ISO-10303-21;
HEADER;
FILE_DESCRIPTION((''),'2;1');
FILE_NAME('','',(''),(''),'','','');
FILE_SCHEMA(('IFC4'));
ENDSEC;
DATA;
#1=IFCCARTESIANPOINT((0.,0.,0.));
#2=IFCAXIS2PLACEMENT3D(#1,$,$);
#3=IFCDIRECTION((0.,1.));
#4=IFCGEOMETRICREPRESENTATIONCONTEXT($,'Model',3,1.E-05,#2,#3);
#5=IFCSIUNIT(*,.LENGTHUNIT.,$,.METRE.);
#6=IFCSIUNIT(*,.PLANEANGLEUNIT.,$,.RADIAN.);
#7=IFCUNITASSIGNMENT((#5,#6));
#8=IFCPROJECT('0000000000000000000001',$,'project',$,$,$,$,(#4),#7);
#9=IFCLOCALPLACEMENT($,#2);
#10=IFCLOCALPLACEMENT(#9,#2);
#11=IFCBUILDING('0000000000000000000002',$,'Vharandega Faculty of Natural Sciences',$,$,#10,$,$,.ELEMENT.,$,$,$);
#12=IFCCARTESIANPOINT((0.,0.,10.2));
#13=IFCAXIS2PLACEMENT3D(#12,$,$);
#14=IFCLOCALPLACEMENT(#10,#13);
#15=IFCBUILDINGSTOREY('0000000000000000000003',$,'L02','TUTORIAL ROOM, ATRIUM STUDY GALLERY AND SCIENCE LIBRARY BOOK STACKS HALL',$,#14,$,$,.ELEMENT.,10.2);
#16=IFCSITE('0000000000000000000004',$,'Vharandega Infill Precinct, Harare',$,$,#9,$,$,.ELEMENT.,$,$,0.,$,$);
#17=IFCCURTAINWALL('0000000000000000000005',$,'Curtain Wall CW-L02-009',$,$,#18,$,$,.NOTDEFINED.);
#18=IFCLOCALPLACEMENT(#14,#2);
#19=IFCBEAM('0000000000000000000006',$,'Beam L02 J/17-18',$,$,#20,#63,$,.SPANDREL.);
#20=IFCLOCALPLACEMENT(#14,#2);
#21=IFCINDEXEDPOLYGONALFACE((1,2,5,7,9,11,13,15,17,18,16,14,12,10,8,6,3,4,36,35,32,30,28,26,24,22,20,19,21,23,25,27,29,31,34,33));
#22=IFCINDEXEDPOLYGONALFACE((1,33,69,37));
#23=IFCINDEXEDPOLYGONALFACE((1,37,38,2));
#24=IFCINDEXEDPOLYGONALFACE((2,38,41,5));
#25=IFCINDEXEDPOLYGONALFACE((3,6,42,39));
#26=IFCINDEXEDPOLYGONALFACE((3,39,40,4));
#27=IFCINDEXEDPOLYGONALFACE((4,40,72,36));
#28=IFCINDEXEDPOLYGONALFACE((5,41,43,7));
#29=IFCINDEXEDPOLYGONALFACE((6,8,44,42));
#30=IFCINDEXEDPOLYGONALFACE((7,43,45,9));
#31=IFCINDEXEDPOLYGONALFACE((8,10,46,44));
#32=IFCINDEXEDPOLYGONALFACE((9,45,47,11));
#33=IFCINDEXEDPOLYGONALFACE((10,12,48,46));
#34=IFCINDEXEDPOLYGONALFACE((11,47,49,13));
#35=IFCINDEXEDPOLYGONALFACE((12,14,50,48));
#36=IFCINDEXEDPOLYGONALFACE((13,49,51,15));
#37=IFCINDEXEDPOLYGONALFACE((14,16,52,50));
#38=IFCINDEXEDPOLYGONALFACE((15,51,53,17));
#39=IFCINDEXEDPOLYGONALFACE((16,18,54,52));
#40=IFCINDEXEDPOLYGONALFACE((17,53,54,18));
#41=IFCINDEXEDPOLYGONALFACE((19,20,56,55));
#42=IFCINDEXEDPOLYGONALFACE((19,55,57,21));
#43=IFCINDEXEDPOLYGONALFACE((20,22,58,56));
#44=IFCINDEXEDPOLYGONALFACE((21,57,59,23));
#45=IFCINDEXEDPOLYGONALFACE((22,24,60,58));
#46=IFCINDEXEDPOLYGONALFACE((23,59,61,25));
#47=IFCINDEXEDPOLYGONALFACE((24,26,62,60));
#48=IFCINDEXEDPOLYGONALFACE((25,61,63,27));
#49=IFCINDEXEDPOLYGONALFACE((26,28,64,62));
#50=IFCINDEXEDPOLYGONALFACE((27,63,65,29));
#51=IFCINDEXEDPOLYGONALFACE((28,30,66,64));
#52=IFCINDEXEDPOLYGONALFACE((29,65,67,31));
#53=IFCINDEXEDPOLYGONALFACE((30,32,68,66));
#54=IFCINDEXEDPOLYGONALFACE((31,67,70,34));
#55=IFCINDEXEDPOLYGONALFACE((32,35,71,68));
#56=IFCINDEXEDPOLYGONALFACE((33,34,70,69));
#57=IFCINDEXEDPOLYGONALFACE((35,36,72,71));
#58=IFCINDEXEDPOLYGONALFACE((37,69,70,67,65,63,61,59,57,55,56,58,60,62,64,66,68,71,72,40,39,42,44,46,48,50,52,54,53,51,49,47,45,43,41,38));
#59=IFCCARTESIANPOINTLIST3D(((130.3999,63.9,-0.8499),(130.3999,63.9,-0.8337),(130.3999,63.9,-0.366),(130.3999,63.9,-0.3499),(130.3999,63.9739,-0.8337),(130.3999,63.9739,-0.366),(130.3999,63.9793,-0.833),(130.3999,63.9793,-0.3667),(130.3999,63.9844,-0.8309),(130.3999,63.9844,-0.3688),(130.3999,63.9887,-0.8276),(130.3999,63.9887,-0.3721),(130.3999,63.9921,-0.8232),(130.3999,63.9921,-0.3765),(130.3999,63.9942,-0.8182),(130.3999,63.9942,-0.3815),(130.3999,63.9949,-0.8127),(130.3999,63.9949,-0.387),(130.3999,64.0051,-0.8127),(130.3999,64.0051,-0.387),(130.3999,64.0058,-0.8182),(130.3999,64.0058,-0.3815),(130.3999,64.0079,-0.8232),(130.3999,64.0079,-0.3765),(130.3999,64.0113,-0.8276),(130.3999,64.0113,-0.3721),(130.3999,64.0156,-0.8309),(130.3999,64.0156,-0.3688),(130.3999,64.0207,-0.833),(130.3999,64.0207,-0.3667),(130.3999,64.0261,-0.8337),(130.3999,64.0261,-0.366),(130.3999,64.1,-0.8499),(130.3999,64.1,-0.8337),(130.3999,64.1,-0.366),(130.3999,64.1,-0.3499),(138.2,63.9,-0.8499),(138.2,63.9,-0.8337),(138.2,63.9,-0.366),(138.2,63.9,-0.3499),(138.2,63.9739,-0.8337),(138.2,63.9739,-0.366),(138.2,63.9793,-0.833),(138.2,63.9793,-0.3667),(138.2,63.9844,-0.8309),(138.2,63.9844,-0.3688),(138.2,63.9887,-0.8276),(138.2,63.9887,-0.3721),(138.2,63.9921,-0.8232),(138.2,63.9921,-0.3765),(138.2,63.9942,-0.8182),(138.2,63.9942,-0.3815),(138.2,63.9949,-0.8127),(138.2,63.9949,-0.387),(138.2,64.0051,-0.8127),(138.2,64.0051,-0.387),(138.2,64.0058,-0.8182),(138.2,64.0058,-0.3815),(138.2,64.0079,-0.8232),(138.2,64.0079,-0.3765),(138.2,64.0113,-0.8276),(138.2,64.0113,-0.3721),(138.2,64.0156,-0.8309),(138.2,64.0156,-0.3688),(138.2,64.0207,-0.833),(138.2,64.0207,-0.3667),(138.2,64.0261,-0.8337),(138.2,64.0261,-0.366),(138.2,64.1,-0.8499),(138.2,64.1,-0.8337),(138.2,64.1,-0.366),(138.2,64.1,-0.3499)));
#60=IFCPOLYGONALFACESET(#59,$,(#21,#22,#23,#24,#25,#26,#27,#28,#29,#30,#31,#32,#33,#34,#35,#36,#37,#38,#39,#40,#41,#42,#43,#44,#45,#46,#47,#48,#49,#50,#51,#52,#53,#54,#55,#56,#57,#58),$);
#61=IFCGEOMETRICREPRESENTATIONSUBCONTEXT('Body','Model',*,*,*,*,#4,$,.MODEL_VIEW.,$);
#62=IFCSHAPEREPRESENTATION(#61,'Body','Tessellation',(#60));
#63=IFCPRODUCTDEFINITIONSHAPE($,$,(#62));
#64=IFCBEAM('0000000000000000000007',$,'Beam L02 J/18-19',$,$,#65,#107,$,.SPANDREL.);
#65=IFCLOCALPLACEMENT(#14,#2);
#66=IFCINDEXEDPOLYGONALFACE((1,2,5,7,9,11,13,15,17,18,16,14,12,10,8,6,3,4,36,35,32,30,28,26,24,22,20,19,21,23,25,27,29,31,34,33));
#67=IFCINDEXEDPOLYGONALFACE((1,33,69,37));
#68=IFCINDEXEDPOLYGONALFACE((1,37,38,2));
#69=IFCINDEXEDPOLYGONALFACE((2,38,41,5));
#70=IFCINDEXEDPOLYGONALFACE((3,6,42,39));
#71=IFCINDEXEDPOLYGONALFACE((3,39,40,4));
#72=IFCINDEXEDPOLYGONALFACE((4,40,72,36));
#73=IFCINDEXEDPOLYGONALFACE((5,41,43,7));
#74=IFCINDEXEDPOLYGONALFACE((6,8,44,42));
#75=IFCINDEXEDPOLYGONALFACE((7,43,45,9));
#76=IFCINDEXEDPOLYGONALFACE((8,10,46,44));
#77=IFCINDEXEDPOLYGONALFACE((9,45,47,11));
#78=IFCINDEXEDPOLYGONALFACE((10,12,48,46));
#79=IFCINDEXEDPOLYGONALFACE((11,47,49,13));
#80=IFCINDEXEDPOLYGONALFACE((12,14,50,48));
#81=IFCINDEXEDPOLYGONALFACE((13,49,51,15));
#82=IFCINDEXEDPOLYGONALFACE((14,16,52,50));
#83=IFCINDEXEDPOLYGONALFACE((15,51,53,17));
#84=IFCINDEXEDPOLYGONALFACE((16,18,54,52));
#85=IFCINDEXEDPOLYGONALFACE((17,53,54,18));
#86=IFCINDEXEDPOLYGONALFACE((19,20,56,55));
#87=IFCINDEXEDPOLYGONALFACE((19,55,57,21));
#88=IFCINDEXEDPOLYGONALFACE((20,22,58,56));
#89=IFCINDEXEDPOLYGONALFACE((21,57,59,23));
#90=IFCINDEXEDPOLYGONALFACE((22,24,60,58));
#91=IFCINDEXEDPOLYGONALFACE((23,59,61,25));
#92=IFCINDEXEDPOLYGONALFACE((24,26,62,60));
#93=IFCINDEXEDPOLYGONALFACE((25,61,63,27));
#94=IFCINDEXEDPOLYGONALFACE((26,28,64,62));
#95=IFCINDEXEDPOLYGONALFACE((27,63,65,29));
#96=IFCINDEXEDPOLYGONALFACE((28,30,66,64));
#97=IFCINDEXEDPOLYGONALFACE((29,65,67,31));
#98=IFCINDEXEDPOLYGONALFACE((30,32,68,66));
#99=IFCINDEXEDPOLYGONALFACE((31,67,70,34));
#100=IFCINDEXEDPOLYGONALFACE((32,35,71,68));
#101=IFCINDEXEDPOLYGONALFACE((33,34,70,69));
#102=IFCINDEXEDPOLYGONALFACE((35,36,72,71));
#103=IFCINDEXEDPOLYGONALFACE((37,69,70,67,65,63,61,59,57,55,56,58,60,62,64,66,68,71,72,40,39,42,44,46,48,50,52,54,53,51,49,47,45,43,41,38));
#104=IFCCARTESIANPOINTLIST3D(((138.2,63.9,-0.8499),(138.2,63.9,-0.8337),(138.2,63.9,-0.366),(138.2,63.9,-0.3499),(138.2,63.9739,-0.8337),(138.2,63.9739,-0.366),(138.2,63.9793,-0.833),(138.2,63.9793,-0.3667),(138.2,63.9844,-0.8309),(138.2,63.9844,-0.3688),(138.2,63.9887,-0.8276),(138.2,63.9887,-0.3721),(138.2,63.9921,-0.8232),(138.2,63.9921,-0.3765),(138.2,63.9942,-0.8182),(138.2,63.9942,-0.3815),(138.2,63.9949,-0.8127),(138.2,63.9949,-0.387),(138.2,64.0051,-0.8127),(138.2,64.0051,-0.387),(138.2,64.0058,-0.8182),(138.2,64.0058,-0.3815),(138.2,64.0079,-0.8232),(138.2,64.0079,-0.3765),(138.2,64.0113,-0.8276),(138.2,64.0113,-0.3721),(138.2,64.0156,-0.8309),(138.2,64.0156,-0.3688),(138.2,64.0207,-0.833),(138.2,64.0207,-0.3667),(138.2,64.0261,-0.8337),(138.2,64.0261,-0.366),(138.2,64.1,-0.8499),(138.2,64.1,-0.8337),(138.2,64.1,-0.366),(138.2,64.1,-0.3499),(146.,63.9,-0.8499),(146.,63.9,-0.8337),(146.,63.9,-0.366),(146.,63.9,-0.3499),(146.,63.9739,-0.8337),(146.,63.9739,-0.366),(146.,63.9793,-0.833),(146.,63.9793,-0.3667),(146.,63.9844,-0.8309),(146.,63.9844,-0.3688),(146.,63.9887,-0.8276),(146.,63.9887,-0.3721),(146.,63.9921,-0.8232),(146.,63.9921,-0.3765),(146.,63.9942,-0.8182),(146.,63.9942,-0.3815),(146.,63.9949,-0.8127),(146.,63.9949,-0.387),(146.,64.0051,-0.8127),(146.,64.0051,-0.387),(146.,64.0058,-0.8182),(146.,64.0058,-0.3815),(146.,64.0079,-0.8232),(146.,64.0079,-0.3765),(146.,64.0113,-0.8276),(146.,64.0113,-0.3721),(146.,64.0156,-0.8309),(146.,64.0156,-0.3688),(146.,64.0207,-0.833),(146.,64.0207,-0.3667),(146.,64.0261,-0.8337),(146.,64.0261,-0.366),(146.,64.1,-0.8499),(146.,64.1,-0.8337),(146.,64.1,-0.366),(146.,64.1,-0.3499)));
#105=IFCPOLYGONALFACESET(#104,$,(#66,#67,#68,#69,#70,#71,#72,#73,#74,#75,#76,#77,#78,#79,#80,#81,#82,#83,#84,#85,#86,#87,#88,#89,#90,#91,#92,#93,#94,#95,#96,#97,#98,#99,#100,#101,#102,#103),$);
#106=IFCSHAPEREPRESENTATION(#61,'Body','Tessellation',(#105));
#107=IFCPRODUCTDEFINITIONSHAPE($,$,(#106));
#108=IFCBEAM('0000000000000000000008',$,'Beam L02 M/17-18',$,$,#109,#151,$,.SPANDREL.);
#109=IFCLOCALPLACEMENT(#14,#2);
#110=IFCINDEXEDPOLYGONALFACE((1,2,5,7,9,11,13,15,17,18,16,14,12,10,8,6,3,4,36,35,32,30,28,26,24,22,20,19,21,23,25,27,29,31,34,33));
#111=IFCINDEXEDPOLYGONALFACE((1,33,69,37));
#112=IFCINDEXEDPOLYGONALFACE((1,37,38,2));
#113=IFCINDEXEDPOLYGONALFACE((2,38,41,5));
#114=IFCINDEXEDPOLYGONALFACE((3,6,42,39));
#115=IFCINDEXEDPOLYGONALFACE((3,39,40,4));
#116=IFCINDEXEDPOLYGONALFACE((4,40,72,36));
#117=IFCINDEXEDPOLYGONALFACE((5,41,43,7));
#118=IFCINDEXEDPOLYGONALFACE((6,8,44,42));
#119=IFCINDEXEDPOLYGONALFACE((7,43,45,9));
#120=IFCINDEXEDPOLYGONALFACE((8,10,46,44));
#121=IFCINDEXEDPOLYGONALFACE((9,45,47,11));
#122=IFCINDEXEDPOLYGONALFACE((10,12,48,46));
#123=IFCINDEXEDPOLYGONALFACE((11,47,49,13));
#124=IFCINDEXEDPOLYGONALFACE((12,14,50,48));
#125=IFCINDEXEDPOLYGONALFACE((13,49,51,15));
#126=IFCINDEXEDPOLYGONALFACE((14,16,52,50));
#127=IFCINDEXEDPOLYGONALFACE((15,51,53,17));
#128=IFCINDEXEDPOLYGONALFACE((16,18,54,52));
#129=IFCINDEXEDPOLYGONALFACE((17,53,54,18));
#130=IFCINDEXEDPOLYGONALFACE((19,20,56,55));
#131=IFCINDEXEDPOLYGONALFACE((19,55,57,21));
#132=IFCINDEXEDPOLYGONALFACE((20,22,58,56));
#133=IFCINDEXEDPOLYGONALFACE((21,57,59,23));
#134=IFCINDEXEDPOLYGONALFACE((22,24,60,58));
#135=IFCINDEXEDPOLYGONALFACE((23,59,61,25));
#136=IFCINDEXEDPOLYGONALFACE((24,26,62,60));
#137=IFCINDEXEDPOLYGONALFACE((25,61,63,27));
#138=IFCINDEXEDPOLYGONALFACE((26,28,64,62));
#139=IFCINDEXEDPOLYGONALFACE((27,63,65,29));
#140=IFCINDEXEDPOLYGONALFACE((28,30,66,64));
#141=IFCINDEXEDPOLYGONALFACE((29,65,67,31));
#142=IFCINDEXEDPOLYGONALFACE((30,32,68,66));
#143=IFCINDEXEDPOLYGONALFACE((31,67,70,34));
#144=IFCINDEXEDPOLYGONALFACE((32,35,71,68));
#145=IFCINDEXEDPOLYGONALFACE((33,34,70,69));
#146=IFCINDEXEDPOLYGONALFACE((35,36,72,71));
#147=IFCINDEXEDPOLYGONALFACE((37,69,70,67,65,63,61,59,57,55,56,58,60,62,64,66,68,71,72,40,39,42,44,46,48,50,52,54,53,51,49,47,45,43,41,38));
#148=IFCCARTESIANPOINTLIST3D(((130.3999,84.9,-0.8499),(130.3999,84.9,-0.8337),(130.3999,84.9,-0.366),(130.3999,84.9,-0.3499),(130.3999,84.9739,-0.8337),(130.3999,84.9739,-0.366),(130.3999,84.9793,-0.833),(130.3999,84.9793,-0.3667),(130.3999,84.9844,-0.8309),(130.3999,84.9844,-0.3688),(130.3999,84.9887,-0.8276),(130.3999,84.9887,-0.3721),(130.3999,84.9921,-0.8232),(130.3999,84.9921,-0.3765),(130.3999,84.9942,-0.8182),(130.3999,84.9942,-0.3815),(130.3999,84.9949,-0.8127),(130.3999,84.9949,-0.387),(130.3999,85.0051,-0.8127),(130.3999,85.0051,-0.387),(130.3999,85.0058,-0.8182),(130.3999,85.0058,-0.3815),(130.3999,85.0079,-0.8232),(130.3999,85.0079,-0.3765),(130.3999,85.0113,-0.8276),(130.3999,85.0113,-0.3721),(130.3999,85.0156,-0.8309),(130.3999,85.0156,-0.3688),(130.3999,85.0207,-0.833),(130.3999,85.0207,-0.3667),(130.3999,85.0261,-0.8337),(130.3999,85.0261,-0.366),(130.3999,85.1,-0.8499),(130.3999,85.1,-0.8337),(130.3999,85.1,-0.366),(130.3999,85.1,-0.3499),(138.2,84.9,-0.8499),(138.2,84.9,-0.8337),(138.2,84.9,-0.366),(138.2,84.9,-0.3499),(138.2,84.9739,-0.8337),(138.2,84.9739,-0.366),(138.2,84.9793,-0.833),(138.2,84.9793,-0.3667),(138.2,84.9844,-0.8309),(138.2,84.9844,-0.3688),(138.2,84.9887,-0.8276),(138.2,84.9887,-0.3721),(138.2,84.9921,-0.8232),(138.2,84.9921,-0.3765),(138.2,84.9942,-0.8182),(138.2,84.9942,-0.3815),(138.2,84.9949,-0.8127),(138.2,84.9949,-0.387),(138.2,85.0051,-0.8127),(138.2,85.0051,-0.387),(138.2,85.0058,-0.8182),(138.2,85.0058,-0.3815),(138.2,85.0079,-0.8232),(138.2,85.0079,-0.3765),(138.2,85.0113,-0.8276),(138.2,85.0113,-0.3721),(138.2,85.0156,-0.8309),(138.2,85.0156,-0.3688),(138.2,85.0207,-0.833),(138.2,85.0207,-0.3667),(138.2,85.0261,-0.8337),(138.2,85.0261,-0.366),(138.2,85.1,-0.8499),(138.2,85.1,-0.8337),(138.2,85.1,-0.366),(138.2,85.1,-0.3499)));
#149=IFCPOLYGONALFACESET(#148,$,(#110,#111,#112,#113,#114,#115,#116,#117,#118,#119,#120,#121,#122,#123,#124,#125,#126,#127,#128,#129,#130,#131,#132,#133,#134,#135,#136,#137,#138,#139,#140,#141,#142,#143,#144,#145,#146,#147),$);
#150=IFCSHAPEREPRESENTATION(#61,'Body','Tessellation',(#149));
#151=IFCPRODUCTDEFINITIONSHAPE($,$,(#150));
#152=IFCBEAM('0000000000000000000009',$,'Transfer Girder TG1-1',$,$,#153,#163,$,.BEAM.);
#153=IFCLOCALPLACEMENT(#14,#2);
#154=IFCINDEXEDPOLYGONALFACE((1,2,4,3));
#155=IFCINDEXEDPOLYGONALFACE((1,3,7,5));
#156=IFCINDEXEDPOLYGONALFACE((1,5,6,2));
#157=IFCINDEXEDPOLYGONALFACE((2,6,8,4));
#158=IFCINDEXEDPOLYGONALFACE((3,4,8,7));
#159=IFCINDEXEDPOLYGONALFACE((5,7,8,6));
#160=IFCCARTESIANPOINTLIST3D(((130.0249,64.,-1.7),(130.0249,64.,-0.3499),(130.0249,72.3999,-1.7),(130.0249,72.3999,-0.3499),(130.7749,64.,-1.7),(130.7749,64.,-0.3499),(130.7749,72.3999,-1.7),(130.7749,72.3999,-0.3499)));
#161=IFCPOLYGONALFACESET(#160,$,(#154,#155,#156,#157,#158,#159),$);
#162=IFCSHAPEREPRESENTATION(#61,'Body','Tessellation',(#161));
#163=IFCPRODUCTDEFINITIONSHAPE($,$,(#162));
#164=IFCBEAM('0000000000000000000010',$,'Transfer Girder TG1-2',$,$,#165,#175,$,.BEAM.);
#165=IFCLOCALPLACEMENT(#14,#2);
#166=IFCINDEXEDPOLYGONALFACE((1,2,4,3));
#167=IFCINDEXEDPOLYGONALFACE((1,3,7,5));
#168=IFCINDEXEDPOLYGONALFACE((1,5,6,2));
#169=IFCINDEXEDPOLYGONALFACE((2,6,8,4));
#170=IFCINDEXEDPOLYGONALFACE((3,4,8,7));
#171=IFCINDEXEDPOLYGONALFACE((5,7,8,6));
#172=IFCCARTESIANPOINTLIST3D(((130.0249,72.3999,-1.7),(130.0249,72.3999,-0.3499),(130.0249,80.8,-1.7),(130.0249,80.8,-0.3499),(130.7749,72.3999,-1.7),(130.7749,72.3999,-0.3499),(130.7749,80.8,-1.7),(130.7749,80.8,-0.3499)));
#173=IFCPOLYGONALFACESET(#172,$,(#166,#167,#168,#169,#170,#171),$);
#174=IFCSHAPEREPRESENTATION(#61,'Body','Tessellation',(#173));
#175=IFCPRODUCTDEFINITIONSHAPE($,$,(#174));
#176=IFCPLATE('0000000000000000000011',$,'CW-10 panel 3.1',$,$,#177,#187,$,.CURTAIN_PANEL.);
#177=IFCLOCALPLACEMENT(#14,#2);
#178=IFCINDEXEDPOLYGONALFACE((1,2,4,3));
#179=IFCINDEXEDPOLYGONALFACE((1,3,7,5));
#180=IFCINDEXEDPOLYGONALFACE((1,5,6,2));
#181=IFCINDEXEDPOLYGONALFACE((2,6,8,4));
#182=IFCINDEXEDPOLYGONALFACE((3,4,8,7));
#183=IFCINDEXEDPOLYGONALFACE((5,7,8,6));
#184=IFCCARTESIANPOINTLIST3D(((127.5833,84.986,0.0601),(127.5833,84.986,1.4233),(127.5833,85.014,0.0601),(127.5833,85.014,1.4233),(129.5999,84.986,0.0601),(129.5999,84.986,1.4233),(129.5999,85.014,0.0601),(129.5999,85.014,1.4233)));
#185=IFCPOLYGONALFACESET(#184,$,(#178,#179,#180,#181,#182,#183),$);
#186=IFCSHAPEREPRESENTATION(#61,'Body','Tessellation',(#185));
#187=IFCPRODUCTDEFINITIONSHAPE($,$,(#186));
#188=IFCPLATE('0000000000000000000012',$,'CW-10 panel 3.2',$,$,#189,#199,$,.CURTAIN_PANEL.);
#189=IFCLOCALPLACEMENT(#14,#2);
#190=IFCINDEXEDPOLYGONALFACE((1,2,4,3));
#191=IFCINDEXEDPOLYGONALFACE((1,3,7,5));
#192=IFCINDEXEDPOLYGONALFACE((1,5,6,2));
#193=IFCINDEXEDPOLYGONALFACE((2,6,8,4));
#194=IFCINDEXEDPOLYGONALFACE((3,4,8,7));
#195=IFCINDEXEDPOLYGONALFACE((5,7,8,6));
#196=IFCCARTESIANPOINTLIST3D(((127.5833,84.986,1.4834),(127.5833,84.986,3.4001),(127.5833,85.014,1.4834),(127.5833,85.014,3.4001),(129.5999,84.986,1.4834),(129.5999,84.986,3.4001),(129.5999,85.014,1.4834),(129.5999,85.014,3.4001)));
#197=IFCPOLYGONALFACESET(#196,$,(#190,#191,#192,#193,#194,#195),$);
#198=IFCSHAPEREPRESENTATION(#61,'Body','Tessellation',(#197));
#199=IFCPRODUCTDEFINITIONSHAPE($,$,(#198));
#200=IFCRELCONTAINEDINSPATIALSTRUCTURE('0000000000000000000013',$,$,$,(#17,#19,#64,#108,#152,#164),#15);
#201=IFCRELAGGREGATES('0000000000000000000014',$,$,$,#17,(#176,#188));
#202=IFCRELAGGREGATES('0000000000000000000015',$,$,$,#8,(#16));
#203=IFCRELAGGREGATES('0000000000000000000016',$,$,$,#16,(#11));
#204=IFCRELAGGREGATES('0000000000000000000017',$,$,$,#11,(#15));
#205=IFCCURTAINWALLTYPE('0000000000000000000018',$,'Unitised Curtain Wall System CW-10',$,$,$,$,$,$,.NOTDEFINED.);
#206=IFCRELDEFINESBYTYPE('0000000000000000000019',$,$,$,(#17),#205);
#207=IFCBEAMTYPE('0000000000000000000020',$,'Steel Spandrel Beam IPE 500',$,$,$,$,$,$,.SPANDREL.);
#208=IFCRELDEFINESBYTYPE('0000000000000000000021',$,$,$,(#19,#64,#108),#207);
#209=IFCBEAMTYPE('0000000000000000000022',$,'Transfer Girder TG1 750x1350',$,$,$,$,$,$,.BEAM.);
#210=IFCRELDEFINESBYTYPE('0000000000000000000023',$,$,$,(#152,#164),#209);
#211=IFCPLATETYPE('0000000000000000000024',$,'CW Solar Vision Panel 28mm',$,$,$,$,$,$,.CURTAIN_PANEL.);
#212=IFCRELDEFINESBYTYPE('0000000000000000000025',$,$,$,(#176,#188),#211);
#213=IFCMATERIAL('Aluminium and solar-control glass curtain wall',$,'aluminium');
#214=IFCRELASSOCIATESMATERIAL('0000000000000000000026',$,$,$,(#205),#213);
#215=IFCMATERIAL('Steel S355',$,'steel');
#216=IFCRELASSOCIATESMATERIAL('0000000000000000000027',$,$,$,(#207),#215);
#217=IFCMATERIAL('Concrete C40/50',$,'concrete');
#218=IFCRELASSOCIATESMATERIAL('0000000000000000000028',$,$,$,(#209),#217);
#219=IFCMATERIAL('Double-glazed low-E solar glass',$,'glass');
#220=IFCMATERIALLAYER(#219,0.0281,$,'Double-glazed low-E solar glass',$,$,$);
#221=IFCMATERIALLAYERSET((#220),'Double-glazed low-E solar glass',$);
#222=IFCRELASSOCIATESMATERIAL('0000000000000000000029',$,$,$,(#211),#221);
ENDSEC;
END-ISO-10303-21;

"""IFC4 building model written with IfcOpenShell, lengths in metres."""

from ifc_helpers import new_model, si_unit, direction, frame, origin, origin_2d, place, context, subcontext, project, spatial, rectangle, i_section, extrude, material, layer, layer_set, material_profile, profile_set, type_object, element, aggregate, save


model = new_model("IFC4")

# Units and contexts
model_context = context("Model", 3, precision=1e-05, world=origin(), true_north=direction((0.0, 1.0)))
body_context = subcontext(model_context, "Body", "Model", "MODEL_VIEW")
ifc_project = project(units=[si_unit("LENGTHUNIT", "METRE"), si_unit("PLANEANGLEUNIT", "RADIAN")], contexts=[model_context])

# Site, building, storey
site_placement = place(None, origin())
site = spatial("IfcSite", under=ifc_project, at=site_placement, Name="Vharandega Infill Precinct, Harare", CompositionType="ELEMENT", RefElevation=0.0)
building_placement = place(site_placement, origin())
building = spatial("IfcBuilding", under=site, at=building_placement, Name="Vharandega Faculty of Natural Sciences", CompositionType="ELEMENT")
storey_placement = place(building_placement, frame((0.0, 0.0, 10.2)))
storey = spatial("IfcBuildingStorey", under=building, at=storey_placement, Name="L02", Description="TUTORIAL ROOM, ATRIUM STUDY GALLERY AND SCIENCE LIBRARY BOOK STACKS HALL", CompositionType="ELEMENT", Elevation=10.2)

# Curtain wall
ifc_material_1 = material(Name="Aluminium and solar-control glass curtain wall", Category="aluminium")
curtain_wall_type = type_object("IfcCurtainWallType", Name="Unitised Curtain Wall System CW-10", PredefinedType="NOTDEFINED", material=ifc_material_1)
curtain_wall_placement = place(storey_placement, origin())
curtain_wall = element("IfcCurtainWall", 1, at=curtain_wall_placement, inside=storey, type_object=curtain_wall_type, Name="Curtain Wall CW-L02-009", PredefinedType="NOTDEFINED")

# Beams
ifc_material_2 = material(Name="Steel S355", Category="steel")
ifc_material_profile_1 = material_profile(ifc_material_2, i_section(OverallWidth=0.2, OverallDepth=0.5, WebThickness=0.0103, FlangeThickness=0.0161, FilletRadius=0.021, at=origin_2d()), Name="IPE 500")
ifc_profile_set_1 = profile_set([ifc_material_profile_1], Name="Steel S355")
beam_type_1 = type_object("IfcBeamType", Name="Steel Spandrel Beam IPE 500", PredefinedType="SPANDREL", material=ifc_profile_set_1)
for number, where, z_axis, x_axis, name in (
    (2, (130.3999, 64.0, -0.5999), (1.0, 0.0, 0.0), (0.0, 1.0, 0.0), "Beam L02 J/17-18"),
    (3, (138.2, 64.0, -0.5999), (1.0, 0.0, 0.0), (0.0, 1.0, 0.0), "Beam L02 J/18-19"),
    (4, (130.3999, 85.0, -0.5999), (1.0, 0.0, 0.0), (0.0, 1.0, 0.0), "Beam L02 M/17-18"),
):
    element("IfcBeam", number, at=place(storey_placement, frame(where, z_axis=z_axis, x_axis=x_axis)), inside=storey, type_object=beam_type_1, Name=name, PredefinedType="SPANDREL", context=body_context, shape_type="SweptSolid", body=[
        extrude(i_section(OverallWidth=0.2, OverallDepth=0.5, WebThickness=0.0103, FlangeThickness=0.0161, FilletRadius=0.021, at=origin_2d()), origin(), (0.0, 0.0, 1.0), 7.8),
    ])
ifc_material_3 = material(Name="Concrete C40/50", Category="concrete")
ifc_material_profile_2 = material_profile(ifc_material_3, rectangle(XDim=0.75, YDim=1.3501, at=origin_2d()), Name="RC 750x1350")
ifc_profile_set_2 = profile_set([ifc_material_profile_2], Name="Concrete C40/50")
beam_type_2 = type_object("IfcBeamType", Name="Transfer Girder TG1 750x1350", PredefinedType="BEAM", material=ifc_profile_set_2)
beam_1_placement = place(storey_placement, frame((130.3999, 64.0, -1.0249), z_axis=(0.0, 1.0, 0.0), x_axis=(-1.0, 0.0, 0.0)))
element("IfcBeam", 5, at=beam_1_placement, inside=storey, type_object=beam_type_2, Name="Transfer Girder TG1-1", PredefinedType="BEAM", context=body_context, shape_type="SweptSolid", body=[
    extrude(rectangle(XDim=0.75, YDim=1.3501, at=origin_2d()), origin(), (0.0, 0.0, 1.0), 8.3999),
])
beam_2_placement = place(storey_placement, frame((130.3999, 72.3999, -1.0249), z_axis=(0.0, 1.0, 0.0), x_axis=(-1.0, 0.0, 0.0)))
element("IfcBeam", 6, at=beam_2_placement, inside=storey, type_object=beam_type_2, Name="Transfer Girder TG1-2", PredefinedType="BEAM", context=body_context, shape_type="SweptSolid", body=[
    extrude(rectangle(XDim=0.75, YDim=1.3501, at=origin_2d()), origin(), (0.0, 0.0, 1.0), 8.4001),
])

# Plates
ifc_material_4 = material(Name="Double-glazed low-E solar glass", Category="glass")
ifc_layer = layer(ifc_material_4, 0.0281, Name="Double-glazed low-E solar glass")
ifc_layer_set = layer_set([ifc_layer], Name="Double-glazed low-E solar glass")
plate_type = type_object("IfcPlateType", Name="CW Solar Vision Panel 28mm", PredefinedType="CURTAIN_PANEL", material=ifc_layer_set)
plate_1_placement = place(storey_placement, frame((128.5916, 85.0, 0.0601), z_axis=(0.0, 0.0, 1.0), x_axis=(1.0, 0.0, 0.0)))
plate_1 = element("IfcPlate", 7, at=plate_1_placement, type_object=plate_type, Name="CW-10 panel 3.1", PredefinedType="CURTAIN_PANEL", context=body_context, shape_type="SweptSolid", body=[
    extrude(rectangle(XDim=2.0166, YDim=0.0281, at=origin_2d()), origin(), (0.0, 0.0, 1.0), 1.3633),
])
plate_2_placement = place(storey_placement, frame((128.5916, 85.0, 1.4834), z_axis=(0.0, 0.0, 1.0), x_axis=(1.0, 0.0, 0.0)))
plate_2 = element("IfcPlate", 8, at=plate_2_placement, type_object=plate_type, Name="CW-10 panel 3.2", PredefinedType="CURTAIN_PANEL", context=body_context, shape_type="SweptSolid", body=[
    extrude(rectangle(XDim=2.0166, YDim=0.0281, at=origin_2d()), origin(), (0.0, 0.0, 1.0), 1.9167),
])
aggregate(curtain_wall, [plate_1, plate_2])

save(model, "model.ifc")
